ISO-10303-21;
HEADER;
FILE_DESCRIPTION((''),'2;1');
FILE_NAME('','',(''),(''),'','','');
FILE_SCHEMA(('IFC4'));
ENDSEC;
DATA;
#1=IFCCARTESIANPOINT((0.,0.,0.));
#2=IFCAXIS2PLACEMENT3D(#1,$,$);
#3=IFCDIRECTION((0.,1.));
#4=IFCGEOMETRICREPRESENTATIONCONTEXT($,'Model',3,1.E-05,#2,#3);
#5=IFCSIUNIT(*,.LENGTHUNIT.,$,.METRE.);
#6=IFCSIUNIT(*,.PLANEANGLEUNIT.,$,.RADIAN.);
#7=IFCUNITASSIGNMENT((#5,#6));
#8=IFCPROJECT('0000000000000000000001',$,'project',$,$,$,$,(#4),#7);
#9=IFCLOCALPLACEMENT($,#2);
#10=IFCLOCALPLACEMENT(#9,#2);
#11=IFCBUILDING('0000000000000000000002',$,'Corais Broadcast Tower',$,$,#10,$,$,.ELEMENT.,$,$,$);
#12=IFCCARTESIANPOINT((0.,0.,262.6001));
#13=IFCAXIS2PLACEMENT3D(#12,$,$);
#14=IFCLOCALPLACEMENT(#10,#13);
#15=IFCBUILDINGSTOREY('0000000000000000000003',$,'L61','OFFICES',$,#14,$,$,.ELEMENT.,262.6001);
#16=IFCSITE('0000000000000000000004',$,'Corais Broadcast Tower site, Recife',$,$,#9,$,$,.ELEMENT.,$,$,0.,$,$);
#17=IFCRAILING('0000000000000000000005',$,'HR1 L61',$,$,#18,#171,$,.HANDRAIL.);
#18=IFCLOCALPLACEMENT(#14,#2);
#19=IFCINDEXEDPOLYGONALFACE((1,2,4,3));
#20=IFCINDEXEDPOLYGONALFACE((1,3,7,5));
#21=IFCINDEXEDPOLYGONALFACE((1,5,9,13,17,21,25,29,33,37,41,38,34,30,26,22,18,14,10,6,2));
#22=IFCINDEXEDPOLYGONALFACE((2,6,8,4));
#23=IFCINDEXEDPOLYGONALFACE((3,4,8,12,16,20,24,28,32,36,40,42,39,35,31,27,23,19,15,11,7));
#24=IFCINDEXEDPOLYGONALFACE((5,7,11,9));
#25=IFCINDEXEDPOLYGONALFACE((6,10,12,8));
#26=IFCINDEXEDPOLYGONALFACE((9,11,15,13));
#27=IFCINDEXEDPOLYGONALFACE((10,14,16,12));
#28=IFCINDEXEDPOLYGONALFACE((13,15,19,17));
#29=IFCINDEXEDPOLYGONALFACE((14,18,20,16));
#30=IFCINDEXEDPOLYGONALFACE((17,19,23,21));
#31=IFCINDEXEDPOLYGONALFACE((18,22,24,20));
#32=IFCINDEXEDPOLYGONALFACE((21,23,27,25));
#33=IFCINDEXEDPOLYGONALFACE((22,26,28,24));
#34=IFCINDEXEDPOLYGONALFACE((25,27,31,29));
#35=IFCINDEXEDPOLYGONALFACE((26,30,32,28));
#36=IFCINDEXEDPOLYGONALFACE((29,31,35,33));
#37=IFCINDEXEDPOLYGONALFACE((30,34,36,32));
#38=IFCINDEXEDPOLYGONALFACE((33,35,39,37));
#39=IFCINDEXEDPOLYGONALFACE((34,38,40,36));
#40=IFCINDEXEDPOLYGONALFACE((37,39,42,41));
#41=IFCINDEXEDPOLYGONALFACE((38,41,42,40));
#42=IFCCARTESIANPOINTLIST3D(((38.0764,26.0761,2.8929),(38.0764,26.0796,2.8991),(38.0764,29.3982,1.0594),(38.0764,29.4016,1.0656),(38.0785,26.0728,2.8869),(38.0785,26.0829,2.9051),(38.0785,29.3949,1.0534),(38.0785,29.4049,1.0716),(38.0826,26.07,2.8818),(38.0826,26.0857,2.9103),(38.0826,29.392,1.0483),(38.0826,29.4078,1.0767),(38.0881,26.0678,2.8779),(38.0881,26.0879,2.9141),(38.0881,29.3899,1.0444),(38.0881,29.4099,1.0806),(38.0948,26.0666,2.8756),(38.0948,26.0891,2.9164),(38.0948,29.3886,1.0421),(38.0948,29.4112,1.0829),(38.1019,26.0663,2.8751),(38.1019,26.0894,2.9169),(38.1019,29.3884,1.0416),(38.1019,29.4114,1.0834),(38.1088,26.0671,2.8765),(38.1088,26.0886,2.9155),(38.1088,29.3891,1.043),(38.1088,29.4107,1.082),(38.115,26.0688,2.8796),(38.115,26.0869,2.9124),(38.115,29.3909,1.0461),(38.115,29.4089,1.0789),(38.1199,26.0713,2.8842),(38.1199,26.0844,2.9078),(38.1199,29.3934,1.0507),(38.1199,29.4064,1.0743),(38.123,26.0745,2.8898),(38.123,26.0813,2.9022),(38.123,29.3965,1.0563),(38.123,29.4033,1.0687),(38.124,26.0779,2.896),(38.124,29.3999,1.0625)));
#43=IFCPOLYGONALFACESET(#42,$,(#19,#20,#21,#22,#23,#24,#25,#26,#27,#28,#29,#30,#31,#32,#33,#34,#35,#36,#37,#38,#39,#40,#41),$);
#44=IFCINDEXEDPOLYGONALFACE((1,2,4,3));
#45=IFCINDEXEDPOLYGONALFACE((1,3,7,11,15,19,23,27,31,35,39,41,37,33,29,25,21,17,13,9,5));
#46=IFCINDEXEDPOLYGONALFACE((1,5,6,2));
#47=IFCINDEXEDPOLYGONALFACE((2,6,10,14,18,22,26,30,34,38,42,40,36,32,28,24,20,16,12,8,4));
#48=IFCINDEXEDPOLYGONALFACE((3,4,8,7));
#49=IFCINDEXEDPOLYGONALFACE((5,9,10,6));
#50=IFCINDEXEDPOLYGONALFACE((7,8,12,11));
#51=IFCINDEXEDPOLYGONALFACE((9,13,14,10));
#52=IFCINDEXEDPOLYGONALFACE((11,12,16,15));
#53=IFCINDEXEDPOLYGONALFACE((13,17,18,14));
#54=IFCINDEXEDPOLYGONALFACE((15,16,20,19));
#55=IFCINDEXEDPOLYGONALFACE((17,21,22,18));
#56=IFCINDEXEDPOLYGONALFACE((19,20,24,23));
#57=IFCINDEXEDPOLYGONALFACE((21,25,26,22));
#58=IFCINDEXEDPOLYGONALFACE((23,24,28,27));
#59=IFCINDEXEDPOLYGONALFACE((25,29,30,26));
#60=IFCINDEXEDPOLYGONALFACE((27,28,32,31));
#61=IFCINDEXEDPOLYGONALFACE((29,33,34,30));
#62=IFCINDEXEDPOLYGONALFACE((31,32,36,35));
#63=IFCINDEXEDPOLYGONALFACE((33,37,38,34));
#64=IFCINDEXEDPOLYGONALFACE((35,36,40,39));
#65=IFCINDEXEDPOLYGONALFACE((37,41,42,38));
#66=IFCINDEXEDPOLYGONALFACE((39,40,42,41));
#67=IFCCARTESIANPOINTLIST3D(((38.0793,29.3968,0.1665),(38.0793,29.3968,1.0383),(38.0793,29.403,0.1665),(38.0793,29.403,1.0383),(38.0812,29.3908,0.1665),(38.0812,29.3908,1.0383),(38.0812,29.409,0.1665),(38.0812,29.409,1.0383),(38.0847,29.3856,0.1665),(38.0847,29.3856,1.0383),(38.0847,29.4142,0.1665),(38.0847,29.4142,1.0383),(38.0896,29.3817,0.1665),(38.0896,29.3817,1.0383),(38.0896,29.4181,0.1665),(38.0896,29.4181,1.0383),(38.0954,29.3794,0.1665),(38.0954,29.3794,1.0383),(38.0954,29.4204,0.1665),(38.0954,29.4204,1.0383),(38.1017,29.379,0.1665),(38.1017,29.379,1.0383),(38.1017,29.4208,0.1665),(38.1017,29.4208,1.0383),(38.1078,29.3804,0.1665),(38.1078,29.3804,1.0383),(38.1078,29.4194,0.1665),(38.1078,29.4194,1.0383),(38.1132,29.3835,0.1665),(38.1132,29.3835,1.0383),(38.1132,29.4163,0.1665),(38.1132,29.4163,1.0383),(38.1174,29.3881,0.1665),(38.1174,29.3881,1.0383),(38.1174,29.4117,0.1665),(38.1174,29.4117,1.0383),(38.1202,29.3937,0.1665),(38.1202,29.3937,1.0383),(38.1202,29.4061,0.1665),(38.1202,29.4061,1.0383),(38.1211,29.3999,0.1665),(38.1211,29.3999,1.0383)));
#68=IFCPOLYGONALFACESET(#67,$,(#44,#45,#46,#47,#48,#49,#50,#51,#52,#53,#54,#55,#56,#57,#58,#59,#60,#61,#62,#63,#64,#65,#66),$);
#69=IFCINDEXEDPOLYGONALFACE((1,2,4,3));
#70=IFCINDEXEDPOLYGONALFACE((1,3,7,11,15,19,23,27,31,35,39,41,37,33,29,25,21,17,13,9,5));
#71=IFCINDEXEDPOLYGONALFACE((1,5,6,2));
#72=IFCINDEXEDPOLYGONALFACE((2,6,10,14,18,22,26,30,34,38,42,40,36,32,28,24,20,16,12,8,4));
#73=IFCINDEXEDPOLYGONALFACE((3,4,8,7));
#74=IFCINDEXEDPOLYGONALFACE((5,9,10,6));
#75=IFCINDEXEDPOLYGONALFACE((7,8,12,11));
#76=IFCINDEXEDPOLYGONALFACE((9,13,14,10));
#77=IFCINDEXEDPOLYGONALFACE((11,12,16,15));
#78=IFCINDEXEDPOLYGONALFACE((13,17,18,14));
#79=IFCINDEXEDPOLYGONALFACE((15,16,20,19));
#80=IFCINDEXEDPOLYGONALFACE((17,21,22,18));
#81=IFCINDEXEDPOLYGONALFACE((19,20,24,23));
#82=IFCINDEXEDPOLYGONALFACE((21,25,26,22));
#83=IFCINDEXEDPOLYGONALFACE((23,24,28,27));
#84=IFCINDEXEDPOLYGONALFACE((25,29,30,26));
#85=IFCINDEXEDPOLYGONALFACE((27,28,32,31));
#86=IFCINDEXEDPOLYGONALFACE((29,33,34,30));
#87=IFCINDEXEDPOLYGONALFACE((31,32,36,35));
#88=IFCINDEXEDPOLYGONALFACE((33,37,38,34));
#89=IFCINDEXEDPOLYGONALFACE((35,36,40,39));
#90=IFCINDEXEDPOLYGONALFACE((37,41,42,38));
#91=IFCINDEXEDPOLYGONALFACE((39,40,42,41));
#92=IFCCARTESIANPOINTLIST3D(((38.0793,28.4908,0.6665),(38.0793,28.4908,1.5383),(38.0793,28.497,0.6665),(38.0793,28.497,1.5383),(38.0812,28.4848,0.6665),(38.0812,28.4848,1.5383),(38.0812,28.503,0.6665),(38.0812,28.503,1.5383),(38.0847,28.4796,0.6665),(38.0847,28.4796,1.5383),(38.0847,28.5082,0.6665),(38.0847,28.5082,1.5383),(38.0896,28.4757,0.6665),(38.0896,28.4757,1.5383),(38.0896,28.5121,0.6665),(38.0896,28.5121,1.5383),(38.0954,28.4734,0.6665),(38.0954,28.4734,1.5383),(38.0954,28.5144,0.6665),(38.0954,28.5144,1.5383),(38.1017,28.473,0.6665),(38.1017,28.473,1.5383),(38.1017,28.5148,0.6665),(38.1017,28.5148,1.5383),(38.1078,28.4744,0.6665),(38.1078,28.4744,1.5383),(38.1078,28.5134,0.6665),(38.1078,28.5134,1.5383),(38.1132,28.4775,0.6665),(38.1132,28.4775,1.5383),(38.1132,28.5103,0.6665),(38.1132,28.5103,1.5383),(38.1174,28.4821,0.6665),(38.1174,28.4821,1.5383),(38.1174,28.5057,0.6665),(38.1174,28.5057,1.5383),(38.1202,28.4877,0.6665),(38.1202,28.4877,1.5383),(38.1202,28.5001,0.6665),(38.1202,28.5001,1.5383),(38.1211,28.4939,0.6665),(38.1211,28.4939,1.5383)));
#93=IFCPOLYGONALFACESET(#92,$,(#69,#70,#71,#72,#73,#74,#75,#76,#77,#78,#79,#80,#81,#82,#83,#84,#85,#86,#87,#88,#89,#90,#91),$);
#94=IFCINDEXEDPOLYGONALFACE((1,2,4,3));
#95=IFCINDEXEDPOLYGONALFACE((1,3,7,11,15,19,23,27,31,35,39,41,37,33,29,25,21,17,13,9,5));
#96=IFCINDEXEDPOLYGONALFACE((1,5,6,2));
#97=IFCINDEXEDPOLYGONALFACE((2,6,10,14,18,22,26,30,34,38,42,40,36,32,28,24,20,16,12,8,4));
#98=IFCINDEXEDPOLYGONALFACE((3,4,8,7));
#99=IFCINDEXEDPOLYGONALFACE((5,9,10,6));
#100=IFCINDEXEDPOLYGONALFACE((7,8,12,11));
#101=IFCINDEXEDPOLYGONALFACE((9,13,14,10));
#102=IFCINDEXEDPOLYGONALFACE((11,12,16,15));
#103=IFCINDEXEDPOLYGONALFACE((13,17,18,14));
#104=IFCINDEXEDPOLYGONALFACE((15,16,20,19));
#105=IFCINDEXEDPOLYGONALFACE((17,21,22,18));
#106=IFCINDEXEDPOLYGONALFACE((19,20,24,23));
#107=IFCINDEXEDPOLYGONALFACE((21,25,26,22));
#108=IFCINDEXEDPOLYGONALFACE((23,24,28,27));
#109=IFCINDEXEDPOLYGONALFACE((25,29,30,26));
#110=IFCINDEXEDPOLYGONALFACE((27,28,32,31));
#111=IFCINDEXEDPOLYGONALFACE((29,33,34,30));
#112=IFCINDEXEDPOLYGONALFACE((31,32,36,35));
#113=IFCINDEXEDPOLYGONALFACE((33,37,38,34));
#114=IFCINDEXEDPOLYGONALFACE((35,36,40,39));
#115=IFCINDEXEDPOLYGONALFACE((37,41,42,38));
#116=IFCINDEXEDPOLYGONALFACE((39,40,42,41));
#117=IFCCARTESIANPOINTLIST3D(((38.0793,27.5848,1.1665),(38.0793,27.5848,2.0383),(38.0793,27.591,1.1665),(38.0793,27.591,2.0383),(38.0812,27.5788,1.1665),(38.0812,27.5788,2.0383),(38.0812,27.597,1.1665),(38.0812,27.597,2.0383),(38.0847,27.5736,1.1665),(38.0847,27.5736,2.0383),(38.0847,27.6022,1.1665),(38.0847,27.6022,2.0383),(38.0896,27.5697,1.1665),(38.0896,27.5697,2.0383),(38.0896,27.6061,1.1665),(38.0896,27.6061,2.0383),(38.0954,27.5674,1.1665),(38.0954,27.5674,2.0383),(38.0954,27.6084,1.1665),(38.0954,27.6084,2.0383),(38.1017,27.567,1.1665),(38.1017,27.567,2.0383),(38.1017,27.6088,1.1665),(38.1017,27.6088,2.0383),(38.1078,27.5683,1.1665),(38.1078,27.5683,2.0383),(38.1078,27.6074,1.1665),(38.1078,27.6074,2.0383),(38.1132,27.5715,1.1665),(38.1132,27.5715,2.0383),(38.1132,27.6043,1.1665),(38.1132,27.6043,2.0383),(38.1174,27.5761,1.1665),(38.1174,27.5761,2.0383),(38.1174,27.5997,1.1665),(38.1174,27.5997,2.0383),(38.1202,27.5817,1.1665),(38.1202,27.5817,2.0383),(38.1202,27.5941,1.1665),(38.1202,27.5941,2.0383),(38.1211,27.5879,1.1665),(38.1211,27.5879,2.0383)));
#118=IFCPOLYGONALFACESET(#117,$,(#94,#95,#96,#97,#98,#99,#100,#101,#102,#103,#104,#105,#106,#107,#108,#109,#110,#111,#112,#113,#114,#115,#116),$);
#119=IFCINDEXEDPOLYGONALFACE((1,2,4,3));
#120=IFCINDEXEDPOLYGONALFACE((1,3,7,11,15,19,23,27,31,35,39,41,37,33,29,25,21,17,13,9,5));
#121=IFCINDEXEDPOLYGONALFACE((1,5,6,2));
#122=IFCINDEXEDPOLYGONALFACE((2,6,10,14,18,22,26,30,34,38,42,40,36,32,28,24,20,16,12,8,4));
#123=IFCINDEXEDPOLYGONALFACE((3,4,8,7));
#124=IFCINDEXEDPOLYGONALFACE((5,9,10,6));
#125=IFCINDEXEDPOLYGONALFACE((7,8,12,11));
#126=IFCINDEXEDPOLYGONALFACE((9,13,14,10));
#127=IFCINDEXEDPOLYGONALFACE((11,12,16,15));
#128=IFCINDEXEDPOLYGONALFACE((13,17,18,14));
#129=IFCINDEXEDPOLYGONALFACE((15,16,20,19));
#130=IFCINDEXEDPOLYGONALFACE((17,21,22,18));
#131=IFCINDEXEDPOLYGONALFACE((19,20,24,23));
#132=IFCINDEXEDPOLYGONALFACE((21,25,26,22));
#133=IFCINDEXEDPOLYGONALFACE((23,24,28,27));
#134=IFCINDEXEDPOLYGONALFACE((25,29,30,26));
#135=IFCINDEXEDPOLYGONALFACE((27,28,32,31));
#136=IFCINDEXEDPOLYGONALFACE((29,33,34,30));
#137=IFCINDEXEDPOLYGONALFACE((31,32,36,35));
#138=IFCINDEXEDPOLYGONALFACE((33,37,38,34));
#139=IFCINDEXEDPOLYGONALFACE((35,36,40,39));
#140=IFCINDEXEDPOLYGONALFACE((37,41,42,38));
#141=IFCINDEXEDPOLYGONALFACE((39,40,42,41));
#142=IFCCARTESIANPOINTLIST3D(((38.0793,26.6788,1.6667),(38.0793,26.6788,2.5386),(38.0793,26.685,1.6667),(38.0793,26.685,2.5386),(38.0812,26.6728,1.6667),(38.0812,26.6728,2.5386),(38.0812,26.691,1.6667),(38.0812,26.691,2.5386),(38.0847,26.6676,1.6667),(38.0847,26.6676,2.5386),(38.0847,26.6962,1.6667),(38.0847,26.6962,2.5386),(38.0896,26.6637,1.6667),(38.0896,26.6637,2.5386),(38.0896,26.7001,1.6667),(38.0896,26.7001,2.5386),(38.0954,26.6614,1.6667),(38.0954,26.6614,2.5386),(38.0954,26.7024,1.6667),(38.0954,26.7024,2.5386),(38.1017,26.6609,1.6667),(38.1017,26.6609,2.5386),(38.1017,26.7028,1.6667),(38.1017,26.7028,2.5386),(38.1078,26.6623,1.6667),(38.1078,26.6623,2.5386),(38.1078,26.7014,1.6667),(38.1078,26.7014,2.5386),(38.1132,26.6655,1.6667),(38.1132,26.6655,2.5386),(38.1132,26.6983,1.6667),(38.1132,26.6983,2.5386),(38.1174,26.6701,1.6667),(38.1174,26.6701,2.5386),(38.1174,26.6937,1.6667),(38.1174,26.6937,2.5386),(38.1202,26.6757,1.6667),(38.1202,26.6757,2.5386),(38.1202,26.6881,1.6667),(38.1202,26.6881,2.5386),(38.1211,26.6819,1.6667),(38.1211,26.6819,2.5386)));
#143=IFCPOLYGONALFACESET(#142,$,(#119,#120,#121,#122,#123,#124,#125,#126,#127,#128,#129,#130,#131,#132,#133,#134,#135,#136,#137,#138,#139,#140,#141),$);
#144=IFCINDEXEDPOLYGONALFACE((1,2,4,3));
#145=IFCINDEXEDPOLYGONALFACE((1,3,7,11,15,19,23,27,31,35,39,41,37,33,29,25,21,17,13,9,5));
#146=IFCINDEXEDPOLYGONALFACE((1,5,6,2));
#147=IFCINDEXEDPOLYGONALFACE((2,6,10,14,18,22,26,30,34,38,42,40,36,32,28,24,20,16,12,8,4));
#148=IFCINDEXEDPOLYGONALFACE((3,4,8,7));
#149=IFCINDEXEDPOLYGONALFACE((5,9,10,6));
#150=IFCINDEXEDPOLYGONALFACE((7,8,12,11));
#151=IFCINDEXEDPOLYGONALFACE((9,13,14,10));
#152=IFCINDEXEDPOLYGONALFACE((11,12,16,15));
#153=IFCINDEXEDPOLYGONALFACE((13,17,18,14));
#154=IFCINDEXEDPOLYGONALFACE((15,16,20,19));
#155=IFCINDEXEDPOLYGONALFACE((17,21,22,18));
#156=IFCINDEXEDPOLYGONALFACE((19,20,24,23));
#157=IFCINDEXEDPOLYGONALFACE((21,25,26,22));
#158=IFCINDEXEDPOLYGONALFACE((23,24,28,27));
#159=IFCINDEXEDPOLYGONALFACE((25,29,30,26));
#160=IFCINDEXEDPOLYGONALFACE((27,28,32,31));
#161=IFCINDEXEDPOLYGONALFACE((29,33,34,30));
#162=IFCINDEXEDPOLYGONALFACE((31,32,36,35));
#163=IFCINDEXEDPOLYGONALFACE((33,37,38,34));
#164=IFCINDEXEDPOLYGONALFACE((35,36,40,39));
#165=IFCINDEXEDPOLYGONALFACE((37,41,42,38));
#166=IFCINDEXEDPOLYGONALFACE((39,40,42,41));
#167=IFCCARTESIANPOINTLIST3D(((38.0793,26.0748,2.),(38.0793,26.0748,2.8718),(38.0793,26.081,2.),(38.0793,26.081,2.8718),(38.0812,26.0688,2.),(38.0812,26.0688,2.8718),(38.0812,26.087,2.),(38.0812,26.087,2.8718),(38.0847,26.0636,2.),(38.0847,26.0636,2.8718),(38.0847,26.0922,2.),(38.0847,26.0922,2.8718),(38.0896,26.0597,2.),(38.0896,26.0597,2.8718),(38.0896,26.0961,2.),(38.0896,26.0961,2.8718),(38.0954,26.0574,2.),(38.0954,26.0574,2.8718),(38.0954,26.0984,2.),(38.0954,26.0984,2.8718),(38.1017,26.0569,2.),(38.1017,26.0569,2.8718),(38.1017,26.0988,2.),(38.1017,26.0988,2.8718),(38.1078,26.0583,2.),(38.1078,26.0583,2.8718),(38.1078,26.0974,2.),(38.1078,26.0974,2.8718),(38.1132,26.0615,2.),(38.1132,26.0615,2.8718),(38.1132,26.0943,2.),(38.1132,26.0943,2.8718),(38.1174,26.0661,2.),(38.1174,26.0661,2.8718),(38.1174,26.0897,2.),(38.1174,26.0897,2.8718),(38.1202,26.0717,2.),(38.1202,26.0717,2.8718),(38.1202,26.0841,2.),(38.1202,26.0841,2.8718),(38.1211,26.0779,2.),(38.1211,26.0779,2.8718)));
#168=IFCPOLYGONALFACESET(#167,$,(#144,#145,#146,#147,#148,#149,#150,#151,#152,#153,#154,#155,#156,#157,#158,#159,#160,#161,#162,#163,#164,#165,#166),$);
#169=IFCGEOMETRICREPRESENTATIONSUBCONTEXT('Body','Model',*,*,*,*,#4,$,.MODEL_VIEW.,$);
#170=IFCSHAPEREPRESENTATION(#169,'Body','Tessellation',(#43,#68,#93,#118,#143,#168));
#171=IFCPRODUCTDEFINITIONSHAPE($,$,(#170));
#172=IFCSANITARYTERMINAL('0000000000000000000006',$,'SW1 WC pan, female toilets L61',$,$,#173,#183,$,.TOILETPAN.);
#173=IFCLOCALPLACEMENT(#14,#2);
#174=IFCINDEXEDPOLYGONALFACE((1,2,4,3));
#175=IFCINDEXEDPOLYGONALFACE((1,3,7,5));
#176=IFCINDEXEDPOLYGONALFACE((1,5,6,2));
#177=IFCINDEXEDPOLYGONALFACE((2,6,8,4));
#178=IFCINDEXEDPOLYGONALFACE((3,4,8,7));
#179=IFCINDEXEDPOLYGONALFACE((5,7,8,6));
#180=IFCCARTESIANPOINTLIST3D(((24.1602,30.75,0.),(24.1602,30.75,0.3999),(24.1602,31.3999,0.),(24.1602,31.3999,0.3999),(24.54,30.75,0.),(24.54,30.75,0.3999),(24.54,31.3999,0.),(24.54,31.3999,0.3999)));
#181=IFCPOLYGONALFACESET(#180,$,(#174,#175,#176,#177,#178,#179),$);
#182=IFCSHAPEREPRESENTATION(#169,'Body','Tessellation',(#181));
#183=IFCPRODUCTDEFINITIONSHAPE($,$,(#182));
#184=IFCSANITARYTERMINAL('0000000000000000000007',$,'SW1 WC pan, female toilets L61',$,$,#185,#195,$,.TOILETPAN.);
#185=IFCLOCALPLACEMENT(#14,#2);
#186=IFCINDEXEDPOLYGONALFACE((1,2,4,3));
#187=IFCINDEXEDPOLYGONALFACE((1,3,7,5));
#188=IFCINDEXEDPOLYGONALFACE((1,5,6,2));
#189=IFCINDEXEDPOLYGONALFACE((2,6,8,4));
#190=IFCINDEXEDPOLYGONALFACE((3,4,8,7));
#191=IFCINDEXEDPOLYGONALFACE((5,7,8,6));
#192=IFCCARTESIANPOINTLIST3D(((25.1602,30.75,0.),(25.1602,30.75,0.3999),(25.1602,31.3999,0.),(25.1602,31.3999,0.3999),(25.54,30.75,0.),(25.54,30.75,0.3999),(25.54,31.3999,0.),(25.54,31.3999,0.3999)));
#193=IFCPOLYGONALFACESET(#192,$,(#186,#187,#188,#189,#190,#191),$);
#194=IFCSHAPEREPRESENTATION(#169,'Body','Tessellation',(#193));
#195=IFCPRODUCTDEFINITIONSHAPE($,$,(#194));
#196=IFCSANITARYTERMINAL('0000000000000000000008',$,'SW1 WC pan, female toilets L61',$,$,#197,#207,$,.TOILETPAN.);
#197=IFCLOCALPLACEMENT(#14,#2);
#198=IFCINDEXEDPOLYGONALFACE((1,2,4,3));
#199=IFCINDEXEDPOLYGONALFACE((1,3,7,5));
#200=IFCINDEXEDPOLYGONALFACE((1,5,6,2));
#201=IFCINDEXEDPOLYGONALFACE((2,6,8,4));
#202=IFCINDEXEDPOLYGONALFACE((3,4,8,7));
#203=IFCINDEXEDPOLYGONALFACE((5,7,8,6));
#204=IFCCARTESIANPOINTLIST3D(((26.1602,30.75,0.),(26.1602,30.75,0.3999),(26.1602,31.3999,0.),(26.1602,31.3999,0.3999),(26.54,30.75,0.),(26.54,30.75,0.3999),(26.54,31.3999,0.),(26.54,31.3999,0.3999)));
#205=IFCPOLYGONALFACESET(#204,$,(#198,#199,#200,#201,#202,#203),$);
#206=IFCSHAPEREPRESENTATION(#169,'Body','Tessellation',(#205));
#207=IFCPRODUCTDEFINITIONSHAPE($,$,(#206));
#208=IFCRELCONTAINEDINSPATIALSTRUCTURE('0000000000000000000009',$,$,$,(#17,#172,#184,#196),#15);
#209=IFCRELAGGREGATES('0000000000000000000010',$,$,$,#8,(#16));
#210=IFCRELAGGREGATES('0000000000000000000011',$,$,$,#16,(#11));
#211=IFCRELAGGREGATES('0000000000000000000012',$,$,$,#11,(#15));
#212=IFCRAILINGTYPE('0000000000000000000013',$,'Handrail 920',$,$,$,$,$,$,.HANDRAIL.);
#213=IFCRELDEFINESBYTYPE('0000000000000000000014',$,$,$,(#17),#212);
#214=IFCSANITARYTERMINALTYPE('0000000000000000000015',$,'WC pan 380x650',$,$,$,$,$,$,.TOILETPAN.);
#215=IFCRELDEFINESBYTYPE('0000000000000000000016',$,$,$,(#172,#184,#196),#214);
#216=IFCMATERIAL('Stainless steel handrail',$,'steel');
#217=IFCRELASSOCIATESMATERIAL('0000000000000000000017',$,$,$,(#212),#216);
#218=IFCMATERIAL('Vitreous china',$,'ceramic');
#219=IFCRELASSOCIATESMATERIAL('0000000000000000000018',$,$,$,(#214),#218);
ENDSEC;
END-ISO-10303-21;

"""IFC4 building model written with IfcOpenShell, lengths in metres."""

from ifc_helpers import new_model, si_unit, direction, frame, origin, origin_2d, place, context, subcontext, project, spatial, rectangle, circle, extrude, material, type_object, element, save


model = new_model("IFC4")

# Units and contexts
model_context = context("Model", 3, precision=1e-05, world=origin(), true_north=direction((0.0, 1.0)))
body_context = subcontext(model_context, "Body", "Model", "MODEL_VIEW")
ifc_project = project(units=[si_unit("LENGTHUNIT", "METRE"), si_unit("PLANEANGLEUNIT", "RADIAN")], contexts=[model_context])

# Site, building, storey
site_placement = place(None, origin())
site = spatial("IfcSite", under=ifc_project, at=site_placement, Name="Corais Broadcast Tower site, Recife", CompositionType="ELEMENT", RefElevation=0.0)
building_placement = place(site_placement, origin())
building = spatial("IfcBuilding", under=site, at=building_placement, Name="Corais Broadcast Tower", CompositionType="ELEMENT")
storey_placement = place(building_placement, frame((0.0, 0.0, 262.6001)))
storey = spatial("IfcBuildingStorey", under=building, at=storey_placement, Name="L61", Description="OFFICES", CompositionType="ELEMENT", Elevation=262.6001)

# Railing
ifc_material_1 = material(Name="Stainless steel handrail", Category="steel")
railing_type = type_object("IfcRailingType", Name="Handrail 920", PredefinedType="HANDRAIL", material=ifc_material_1)
for number, where, name in (
    (1, (38.1001, 29.3999, 0.1665), "HR1 L61"),
):
    element("IfcRailing", number, at=place(storey_placement, frame(where)), inside=storey, type_object=railing_type, Name=name, PredefinedType="HANDRAIL", context=body_context, shape_type="SweptSolid", body=[
        extrude(circle(Radius=0.0239, at=origin_2d()), frame((0.0, 0.0, 0.896), z_axis=(0.0, -0.875504, 0.48321), x_axis=(1.0, 0.0, 0.0)), (0.0, 0.0, 1.0), 3.7944),
        extrude(circle(Radius=0.021, at=origin_2d()), origin(), (0.0, 0.0, 1.0), 0.8718),
        extrude(circle(Radius=0.021, at=origin_2d()), frame((0.0, -0.906, 0.5)), (0.0, 0.0, 1.0), 0.8718),
        extrude(circle(Radius=0.021, at=origin_2d()), frame((0.0, -1.812, 1.0)), (0.0, 0.0, 1.0), 0.8718),
        extrude(circle(Radius=0.021, at=origin_2d()), frame((0.0, -2.718, 1.5002)), (0.0, 0.0, 1.0), 0.8718),
        extrude(circle(Radius=0.021, at=origin_2d()), frame((0.0, -3.322, 1.8335)), (0.0, 0.0, 1.0), 0.8718),
    ])

# Sanitary terminals
ifc_material_2 = material(Name="Vitreous china", Category="ceramic")
sanitary_terminal_type = type_object("IfcSanitaryTerminalType", Name="WC pan 380x650", PredefinedType="TOILETPAN", material=ifc_material_2)
for number, where, z_axis, x_axis, name in (
    (2, (24.3501, 31.075, 0.0), (0.0, 0.0, 1.0), (1.0, 0.0, 0.0), "SW1 WC pan, female toilets L61"),
    (3, (25.3501, 31.075, 0.0), (0.0, 0.0, 1.0), (1.0, 0.0, 0.0), "SW1 WC pan, female toilets L61"),
    (4, (26.3501, 31.075, 0.0), (0.0, 0.0, 1.0), (1.0, 0.0, 0.0), "SW1 WC pan, female toilets L61"),
):
    element("IfcSanitaryTerminal", number, at=place(storey_placement, frame(where, z_axis=z_axis, x_axis=x_axis)), inside=storey, type_object=sanitary_terminal_type, Name=name, PredefinedType="TOILETPAN", context=body_context, shape_type="SweptSolid", body=[
        extrude(rectangle(XDim=0.3799, YDim=0.6499, at=origin_2d()), origin(), (0.0, 0.0, 1.0), 0.3999),
    ])

save(model, "model.ifc")
